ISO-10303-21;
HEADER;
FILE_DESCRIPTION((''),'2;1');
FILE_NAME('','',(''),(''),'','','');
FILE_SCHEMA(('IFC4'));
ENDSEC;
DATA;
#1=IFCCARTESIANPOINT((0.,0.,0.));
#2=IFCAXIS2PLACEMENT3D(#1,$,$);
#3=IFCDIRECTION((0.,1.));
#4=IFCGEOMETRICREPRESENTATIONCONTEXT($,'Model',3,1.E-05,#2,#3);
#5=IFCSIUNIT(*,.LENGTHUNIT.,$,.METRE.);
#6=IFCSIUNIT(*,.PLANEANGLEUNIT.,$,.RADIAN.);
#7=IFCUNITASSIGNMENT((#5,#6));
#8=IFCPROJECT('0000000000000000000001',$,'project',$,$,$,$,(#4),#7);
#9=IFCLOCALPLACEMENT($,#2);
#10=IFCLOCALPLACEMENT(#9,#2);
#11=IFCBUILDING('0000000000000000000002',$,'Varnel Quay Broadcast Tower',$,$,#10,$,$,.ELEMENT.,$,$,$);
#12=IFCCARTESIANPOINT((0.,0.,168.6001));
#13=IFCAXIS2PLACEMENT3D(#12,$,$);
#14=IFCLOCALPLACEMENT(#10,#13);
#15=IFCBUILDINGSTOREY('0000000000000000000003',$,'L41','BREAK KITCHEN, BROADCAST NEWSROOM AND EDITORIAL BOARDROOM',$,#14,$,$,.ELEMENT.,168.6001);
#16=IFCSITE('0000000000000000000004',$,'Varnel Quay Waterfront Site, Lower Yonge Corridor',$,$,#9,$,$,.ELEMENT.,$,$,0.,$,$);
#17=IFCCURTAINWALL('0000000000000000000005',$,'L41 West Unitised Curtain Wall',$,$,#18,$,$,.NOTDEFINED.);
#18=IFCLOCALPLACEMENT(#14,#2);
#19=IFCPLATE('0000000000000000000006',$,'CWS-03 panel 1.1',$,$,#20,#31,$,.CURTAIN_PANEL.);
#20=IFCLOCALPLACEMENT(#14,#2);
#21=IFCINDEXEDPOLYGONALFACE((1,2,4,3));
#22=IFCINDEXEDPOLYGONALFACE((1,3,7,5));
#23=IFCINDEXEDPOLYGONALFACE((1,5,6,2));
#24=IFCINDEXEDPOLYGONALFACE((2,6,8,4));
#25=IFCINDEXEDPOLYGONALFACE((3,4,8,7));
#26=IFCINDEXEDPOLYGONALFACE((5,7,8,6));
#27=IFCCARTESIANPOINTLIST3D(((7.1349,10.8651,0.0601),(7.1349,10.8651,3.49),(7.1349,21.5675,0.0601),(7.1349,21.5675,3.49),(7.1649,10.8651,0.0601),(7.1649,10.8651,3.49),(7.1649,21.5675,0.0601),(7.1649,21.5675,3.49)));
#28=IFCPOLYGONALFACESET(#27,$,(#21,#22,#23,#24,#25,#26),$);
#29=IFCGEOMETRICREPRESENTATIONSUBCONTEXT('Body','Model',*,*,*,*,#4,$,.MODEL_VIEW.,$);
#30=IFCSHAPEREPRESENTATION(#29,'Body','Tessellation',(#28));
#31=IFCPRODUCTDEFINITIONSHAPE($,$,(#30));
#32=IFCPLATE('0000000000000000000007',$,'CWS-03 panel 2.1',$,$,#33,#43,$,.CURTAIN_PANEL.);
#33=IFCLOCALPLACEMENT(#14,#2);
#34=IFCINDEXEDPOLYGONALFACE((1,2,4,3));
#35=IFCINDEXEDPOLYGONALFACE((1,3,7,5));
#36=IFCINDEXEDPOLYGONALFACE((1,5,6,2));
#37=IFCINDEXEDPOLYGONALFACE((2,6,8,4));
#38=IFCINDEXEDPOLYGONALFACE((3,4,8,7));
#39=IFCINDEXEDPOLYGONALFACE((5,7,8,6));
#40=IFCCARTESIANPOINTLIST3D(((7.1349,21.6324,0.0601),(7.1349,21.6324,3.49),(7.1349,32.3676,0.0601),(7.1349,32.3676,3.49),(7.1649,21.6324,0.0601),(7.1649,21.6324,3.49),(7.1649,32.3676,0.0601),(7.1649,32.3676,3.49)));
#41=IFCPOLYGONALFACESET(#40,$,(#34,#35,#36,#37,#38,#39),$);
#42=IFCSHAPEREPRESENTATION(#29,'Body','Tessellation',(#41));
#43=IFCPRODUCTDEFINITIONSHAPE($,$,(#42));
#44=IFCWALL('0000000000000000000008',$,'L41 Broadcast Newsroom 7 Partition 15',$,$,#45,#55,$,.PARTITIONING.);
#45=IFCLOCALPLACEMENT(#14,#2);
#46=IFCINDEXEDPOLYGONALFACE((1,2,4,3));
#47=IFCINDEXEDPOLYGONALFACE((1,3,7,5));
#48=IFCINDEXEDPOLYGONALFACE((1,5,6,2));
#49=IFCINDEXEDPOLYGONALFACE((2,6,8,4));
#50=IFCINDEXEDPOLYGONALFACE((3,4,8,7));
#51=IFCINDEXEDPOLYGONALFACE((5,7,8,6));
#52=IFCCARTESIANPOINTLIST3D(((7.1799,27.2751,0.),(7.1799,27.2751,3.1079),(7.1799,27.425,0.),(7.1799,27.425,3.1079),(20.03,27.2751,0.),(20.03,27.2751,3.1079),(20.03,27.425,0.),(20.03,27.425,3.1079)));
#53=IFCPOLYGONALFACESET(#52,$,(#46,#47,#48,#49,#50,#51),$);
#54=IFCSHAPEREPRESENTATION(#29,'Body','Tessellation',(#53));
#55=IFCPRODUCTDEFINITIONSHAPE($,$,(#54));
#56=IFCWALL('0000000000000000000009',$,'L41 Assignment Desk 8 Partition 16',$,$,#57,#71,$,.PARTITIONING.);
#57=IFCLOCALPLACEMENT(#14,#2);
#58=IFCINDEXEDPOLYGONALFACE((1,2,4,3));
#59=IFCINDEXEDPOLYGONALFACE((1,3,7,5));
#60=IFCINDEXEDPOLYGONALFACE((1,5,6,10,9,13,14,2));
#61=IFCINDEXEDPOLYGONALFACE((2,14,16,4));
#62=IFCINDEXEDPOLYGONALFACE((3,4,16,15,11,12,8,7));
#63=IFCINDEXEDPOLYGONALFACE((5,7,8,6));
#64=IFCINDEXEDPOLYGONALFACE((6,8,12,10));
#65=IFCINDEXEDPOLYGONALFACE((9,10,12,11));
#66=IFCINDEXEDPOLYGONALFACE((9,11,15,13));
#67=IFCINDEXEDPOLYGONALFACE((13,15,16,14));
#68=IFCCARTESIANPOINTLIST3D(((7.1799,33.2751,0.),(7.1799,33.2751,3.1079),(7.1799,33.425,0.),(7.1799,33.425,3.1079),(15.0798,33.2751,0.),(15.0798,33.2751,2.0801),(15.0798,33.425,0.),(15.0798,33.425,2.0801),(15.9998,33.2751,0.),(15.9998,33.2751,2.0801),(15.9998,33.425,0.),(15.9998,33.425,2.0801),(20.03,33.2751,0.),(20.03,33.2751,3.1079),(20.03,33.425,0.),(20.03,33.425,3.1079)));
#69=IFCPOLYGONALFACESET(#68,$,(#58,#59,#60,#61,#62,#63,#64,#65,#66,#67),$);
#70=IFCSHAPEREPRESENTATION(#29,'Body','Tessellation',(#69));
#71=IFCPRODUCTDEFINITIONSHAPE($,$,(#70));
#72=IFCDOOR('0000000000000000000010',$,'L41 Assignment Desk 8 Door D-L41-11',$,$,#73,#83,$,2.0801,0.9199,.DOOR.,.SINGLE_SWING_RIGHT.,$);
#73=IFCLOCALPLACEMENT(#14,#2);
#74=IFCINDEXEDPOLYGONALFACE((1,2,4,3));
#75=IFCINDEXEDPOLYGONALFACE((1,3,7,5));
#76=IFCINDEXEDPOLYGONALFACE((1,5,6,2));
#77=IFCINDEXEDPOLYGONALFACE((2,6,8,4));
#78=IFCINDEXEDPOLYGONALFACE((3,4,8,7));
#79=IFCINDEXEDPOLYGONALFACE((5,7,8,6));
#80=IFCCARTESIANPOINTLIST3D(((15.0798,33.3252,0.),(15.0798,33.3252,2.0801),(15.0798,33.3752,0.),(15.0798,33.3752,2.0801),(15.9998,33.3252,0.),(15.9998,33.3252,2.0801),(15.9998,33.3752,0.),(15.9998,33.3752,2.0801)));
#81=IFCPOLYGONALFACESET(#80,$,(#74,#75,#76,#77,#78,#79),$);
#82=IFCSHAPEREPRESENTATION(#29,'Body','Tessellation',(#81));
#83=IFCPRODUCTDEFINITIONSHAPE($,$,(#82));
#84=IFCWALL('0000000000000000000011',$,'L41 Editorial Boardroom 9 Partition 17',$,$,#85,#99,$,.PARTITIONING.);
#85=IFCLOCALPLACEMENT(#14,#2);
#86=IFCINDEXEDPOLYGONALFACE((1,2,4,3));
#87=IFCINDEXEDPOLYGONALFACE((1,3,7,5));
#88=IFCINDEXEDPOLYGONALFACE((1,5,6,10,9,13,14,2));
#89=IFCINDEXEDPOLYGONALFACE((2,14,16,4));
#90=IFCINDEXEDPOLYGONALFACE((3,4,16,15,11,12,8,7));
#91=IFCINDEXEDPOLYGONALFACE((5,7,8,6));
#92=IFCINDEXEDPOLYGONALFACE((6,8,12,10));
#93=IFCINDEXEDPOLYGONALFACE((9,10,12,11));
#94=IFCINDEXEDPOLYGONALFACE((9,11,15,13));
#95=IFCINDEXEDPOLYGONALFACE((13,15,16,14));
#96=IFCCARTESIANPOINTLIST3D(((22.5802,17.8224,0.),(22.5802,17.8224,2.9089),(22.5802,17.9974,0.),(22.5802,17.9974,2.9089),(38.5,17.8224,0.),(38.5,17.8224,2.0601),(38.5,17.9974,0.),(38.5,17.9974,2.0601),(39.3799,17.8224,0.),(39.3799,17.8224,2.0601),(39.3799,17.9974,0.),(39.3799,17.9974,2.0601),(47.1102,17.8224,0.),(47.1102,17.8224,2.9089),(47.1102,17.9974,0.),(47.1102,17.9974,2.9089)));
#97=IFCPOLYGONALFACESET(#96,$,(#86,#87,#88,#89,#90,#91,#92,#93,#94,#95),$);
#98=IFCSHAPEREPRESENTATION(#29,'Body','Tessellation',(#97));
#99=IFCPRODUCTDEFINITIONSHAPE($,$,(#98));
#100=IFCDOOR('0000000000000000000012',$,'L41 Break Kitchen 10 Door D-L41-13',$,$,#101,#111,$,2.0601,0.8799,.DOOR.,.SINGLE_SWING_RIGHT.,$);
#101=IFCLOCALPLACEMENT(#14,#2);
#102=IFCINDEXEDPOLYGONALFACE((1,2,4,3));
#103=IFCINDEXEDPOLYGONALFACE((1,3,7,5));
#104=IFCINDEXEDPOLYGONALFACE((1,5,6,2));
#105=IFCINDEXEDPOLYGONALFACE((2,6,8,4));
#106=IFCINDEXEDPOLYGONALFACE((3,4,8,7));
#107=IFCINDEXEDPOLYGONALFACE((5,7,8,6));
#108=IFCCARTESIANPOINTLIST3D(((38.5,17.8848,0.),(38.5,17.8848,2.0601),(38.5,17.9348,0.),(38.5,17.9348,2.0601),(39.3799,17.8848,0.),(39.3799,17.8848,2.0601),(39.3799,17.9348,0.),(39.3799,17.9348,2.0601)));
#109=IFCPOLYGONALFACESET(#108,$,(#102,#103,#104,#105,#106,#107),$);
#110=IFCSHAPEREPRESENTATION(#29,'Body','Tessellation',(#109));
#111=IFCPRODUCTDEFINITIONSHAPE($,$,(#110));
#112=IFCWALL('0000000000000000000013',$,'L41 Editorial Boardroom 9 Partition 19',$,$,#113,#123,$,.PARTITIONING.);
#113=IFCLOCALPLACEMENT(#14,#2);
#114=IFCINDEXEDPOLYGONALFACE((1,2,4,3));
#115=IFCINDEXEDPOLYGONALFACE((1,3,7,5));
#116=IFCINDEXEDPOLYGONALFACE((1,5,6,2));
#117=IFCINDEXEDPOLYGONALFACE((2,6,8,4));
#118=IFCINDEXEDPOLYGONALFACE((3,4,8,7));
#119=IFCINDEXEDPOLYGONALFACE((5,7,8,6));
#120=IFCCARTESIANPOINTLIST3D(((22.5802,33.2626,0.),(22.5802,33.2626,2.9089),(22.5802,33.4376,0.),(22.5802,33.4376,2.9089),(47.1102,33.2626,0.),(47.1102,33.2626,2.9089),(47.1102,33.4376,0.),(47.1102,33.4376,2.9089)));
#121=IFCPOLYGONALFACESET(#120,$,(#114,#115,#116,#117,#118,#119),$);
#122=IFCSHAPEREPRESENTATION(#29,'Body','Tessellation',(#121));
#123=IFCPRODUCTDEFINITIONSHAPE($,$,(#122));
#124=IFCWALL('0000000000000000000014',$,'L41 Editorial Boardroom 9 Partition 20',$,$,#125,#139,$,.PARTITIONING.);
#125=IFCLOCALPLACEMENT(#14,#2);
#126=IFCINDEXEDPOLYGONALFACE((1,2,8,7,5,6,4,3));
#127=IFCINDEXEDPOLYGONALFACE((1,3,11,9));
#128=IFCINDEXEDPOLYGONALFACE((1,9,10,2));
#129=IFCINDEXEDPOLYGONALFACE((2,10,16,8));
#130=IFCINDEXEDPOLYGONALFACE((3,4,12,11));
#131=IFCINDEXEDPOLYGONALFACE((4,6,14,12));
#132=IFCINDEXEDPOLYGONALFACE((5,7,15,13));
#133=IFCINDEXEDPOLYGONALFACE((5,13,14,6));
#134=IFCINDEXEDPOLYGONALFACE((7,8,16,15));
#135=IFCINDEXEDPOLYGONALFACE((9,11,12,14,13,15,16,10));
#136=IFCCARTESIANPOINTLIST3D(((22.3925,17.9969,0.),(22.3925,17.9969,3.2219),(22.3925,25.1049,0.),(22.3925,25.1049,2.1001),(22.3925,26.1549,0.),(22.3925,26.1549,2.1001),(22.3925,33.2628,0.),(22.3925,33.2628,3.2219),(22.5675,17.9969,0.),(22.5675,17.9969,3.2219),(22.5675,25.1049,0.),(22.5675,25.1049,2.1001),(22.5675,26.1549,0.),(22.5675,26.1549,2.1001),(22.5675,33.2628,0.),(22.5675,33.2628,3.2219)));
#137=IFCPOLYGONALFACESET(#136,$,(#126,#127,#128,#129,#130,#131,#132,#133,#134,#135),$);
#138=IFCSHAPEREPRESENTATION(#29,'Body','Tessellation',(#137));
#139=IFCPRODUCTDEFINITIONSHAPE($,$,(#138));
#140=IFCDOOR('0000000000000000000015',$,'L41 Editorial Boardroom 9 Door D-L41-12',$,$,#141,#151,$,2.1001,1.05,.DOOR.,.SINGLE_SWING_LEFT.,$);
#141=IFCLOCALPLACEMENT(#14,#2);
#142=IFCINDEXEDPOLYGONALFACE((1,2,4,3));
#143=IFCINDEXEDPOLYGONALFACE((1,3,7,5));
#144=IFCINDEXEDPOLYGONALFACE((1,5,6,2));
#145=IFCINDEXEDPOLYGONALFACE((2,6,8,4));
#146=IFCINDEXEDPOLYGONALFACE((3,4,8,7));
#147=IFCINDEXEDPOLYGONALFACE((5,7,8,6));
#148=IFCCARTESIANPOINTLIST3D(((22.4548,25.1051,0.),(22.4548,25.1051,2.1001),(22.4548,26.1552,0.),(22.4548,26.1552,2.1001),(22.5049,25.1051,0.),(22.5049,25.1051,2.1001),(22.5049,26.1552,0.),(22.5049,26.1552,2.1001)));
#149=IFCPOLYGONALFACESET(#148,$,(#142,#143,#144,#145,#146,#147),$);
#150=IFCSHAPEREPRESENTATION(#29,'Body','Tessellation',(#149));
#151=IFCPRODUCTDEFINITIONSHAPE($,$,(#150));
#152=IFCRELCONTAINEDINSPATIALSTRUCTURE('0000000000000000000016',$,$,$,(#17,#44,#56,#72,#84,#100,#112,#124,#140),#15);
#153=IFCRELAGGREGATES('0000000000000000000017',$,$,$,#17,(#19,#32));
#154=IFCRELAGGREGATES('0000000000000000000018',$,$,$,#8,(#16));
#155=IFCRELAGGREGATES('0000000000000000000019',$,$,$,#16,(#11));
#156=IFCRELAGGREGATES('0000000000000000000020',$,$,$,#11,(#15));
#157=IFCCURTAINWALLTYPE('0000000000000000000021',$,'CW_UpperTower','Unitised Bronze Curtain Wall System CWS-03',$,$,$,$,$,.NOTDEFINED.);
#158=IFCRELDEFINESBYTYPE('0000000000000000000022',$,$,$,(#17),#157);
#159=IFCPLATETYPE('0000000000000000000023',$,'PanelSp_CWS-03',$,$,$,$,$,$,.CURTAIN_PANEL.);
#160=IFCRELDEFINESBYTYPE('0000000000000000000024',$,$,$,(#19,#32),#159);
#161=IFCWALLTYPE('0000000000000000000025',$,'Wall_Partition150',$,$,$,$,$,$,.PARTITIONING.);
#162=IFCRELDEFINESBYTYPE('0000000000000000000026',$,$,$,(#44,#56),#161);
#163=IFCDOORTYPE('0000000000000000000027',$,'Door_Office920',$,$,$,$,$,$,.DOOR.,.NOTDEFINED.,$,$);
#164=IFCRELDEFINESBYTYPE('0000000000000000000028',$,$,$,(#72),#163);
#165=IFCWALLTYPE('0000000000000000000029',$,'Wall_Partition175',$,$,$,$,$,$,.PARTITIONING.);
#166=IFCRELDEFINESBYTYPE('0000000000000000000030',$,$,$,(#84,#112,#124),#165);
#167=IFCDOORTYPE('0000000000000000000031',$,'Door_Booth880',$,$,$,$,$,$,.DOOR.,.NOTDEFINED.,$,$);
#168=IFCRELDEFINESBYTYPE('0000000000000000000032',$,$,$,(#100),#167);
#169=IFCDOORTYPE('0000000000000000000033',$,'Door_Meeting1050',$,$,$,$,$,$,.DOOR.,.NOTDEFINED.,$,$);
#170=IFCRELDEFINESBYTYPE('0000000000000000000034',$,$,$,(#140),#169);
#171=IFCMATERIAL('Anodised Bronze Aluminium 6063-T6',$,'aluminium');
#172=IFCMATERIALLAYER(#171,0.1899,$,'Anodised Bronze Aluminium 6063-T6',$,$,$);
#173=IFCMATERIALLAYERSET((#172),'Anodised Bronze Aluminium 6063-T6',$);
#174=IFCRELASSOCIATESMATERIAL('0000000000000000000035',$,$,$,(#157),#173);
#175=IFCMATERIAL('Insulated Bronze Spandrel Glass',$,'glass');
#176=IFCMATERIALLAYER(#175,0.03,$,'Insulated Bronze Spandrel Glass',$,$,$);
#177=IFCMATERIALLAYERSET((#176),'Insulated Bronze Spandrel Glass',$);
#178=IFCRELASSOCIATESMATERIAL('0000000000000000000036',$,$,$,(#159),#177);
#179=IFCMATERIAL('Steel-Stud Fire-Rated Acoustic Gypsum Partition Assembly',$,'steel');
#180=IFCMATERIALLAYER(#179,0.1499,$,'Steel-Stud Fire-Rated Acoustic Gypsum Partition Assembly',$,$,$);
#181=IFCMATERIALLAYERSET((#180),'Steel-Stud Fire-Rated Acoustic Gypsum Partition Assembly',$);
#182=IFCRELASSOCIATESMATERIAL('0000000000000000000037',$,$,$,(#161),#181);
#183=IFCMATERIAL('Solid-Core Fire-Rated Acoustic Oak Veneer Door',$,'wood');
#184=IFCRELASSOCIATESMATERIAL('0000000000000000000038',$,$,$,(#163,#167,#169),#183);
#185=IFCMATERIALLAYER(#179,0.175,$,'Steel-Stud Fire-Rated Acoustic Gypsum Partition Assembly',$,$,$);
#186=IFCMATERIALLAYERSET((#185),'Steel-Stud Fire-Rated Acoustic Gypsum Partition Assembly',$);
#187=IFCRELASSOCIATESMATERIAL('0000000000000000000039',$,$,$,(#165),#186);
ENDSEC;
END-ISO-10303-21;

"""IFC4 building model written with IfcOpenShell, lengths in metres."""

from ifc_helpers import new_model, si_unit, direction, frame, frame_2d, origin, origin_2d, place, context, subcontext, project, spatial, rectangle, extrude, source, transform, mapped, material, layer, layer_set, type_object, type_shapes, element, fill, aggregate, save


model = new_model("IFC4")

# Units and contexts
model_context = context("Model", 3, precision=1e-05, world=origin(), true_north=direction((0.0, 1.0)))
body_context = subcontext(model_context, "Body", "Model", "MODEL_VIEW")
ifc_project = project(units=[si_unit("LENGTHUNIT", "METRE"), si_unit("PLANEANGLEUNIT", "RADIAN")], contexts=[model_context])

# Site, building, storey
site_placement = place(None, origin())
site = spatial("IfcSite", under=ifc_project, at=site_placement, Name="Varnel Quay Waterfront Site, Lower Yonge Corridor", CompositionType="ELEMENT", RefElevation=0.0)
building_placement = place(site_placement, origin())
building = spatial("IfcBuilding", under=site, at=building_placement, Name="Varnel Quay Broadcast Tower", CompositionType="ELEMENT")
storey_placement = place(building_placement, frame((0.0, 0.0, 168.6001)))
storey = spatial("IfcBuildingStorey", under=building, at=storey_placement, Name="L41", Description="BREAK KITCHEN, BROADCAST NEWSROOM AND EDITORIAL BOARDROOM", CompositionType="ELEMENT", Elevation=168.6001)

# Curtain wall
ifc_material_1 = material(Name="Anodised Bronze Aluminium 6063-T6", Category="aluminium")
ifc_layer_1 = layer(ifc_material_1, 0.1899, Name="Anodised Bronze Aluminium 6063-T6")
ifc_layer_set_1 = layer_set([ifc_layer_1], Name="Anodised Bronze Aluminium 6063-T6")
curtain_wall_type = type_object("IfcCurtainWallType", Name="CW_UpperTower", Description="Unitised Bronze Curtain Wall System CWS-03", PredefinedType="NOTDEFINED", material=ifc_layer_set_1)
curtain_wall_placement = place(storey_placement, origin())
curtain_wall = element("IfcCurtainWall", 1, at=curtain_wall_placement, inside=storey, type_object=curtain_wall_type, Name="L41 West Unitised Curtain Wall", PredefinedType="NOTDEFINED")

# Plates
ifc_material_2 = material(Name="Insulated Bronze Spandrel Glass", Category="glass")
ifc_layer_2 = layer(ifc_material_2, 0.03, Name="Insulated Bronze Spandrel Glass")
ifc_layer_set_2 = layer_set([ifc_layer_2], Name="Insulated Bronze Spandrel Glass")
plate_type_1 = type_object("IfcPlateType", Name="PanelSp_CWS-03", PredefinedType="CURTAIN_PANEL", material=ifc_layer_set_2)
shared_shape_1 = source(origin(), body_context, "Body", "SweptSolid", [
    extrude(rectangle(XDim=10.7024, YDim=0.03, at=origin_2d()), origin(), (0.0, 0.0, 1.0), 3.4299),
])
plate_1_placement = place(storey_placement, frame((7.1499, 16.2163, 0.0601), z_axis=(0.0, 0.0, 1.0), x_axis=(0.0, 1.0, 0.0)))
plate_1 = element("IfcPlate", 2, at=plate_1_placement, type_object=plate_type_1, Name="CWS-03 panel 1.1", PredefinedType="CURTAIN_PANEL", context=body_context, shape_type="MappedRepresentation", body=[
    mapped(shared_shape_1, transform((0.0, 0.0, 0.0), x_axis=(1.0, 0.0, 0.0), y_axis=(0.0, 1.0, 0.0), z_axis=(0.0, 0.0, 1.0), scale=1.0)),
])
shared_shape_2 = source(origin(), body_context, "Body", "SweptSolid", [
    extrude(rectangle(XDim=10.7351, YDim=0.03, at=origin_2d()), origin(), (0.0, 0.0, 1.0), 3.4299),
])
type_shapes(plate_type_1, [shared_shape_1, shared_shape_2])
plate_2_placement = place(storey_placement, frame((7.1499, 27.0, 0.0601), z_axis=(0.0, 0.0, 1.0), x_axis=(0.0, 1.0, 0.0)))
plate_2 = element("IfcPlate", 3, at=plate_2_placement, type_object=plate_type_1, Name="CWS-03 panel 2.1", PredefinedType="CURTAIN_PANEL", context=body_context, shape_type="MappedRepresentation", body=[
    mapped(shared_shape_2, transform((0.0, 0.0, 0.0), x_axis=(1.0, 0.0, 0.0), y_axis=(0.0, 1.0, 0.0), z_axis=(0.0, 0.0, 1.0), scale=1.0)),
])
aggregate(curtain_wall, [plate_1, plate_2])

# Wall
ifc_material_3 = material(Name="Steel-Stud Fire-Rated Acoustic Gypsum Partition Assembly", Category="steel")
ifc_layer_3 = layer(ifc_material_3, 0.1499, Name="Steel-Stud Fire-Rated Acoustic Gypsum Partition Assembly")
ifc_layer_set_3 = layer_set([ifc_layer_3], Name="Steel-Stud Fire-Rated Acoustic Gypsum Partition Assembly")
wall_type_1 = type_object("IfcWallType", Name="Wall_Partition150", PredefinedType="PARTITIONING", material=ifc_layer_set_3)
wall_1_placement = place(storey_placement, frame((7.1799, 27.3501, 0.0), z_axis=(0.0, 0.0, 1.0), x_axis=(1.0, 0.0, 0.0)))
element("IfcWall", 4, at=wall_1_placement, inside=storey, type_object=wall_type_1, Name="L41 Broadcast Newsroom 7 Partition 15", PredefinedType="PARTITIONING", context=body_context, shape_type="SweptSolid", body=[
    extrude(rectangle(XDim=12.8501, YDim=0.1499, at=frame_2d((6.425, 0.0))), origin(), (0.0, 0.0, 1.0), 3.1079),
])

# Walls, openings, doors
wall_2_placement = place(storey_placement, frame((7.1799, 33.3501, 0.0), z_axis=(0.0, 0.0, 1.0), x_axis=(1.0, 0.0, 0.0)))
wall_2 = element("IfcWall", 5, at=wall_2_placement, inside=storey, type_object=wall_type_1, Name="L41 Assignment Desk 8 Partition 16", PredefinedType="PARTITIONING", context=body_context, shape_type="SweptSolid", body=[
    extrude(rectangle(XDim=12.8501, YDim=0.1499, at=frame_2d((6.425, 0.0))), origin(), (0.0, 0.0, 1.0), 3.1079),
])
opening_1_placement = place(wall_2_placement, frame((7.8999, 0.0, 0.0)))
opening_1 = element("IfcOpeningElement", 6, at=opening_1_placement, cuts=wall_2, PredefinedType="OPENING", context=body_context, shape_type="SweptSolid", body=[
    extrude(rectangle(XDim=0.9199, YDim=2.0801, at=frame_2d((0.46, 1.04))), frame((0.0, 0.085, 0.0), z_axis=(0.0, -1.0, 0.0), x_axis=(1.0, 0.0, 0.0)), (0.0, 0.0, 1.0), 0.1699),
])
ifc_material_4 = material(Name="Solid-Core Fire-Rated Acoustic Oak Veneer Door", Category="wood")
door_type_1 = type_object("IfcDoorType", Name="Door_Office920", OperationType="NOTDEFINED", PredefinedType="DOOR", material=ifc_material_4)
shared_shape_3 = source(origin(), body_context, "Body", "SweptSolid", [
    extrude(rectangle(XDim=0.9199, YDim=2.0801, at=frame_2d((0.46, 1.04))), frame((0.0, 0.0249, 0.0), z_axis=(0.0, -1.0, 0.0), x_axis=(1.0, 0.0, 0.0)), (0.0, 0.0, 1.0), 0.05),
])
type_shapes(door_type_1, [shared_shape_3])
door_1_placement = place(opening_1_placement, frame((0.9199, 0.0, 0.0), z_axis=(0.0, 0.0, 1.0), x_axis=(-1.0, 0.0, 0.0)))
door_1 = element("IfcDoor", 7, at=door_1_placement, inside=storey, type_object=door_type_1, Name="L41 Assignment Desk 8 Door D-L41-11", OperationType="SINGLE_SWING_RIGHT", OverallHeight=2.0801, OverallWidth=0.9199, PredefinedType="DOOR", context=body_context, shape_type="MappedRepresentation", body=[
    mapped(shared_shape_3, transform((0.0, 0.0, 0.0), x_axis=(1.0, 0.0, 0.0), y_axis=(0.0, 1.0, 0.0), z_axis=(0.0, 0.0, 1.0), scale=1.0)),
])
fill(opening_1, door_1)
ifc_layer_4 = layer(ifc_material_3, 0.175, Name="Steel-Stud Fire-Rated Acoustic Gypsum Partition Assembly")
ifc_layer_set_4 = layer_set([ifc_layer_4], Name="Steel-Stud Fire-Rated Acoustic Gypsum Partition Assembly")
wall_type_2 = type_object("IfcWallType", Name="Wall_Partition175", PredefinedType="PARTITIONING", material=ifc_layer_set_4)
wall_3_placement = place(storey_placement, frame((22.5801, 17.9099, 0.0), z_axis=(0.0, 0.0, 1.0), x_axis=(1.0, 0.0, 0.0)))
wall_3 = element("IfcWall", 8, at=wall_3_placement, inside=storey, type_object=wall_type_2, Name="L41 Editorial Boardroom 9 Partition 17", PredefinedType="PARTITIONING", context=body_context, shape_type="SweptSolid", body=[
    extrude(rectangle(XDim=24.53, YDim=0.175, at=frame_2d((12.2651, 0.0))), origin(), (0.0, 0.0, 1.0), 2.9089),
])
opening_2_placement = place(wall_3_placement, frame((15.9199, 0.0, 0.0)))
opening_2 = element("IfcOpeningElement", 9, at=opening_2_placement, cuts=wall_3, PredefinedType="OPENING", context=body_context, shape_type="SweptSolid", body=[
    extrude(rectangle(XDim=0.8799, YDim=2.0601, at=frame_2d((0.4399, 1.03))), frame((0.0, 0.0977, 0.0), z_axis=(0.0, -1.0, 0.0), x_axis=(1.0, 0.0, 0.0)), (0.0, 0.0, 1.0), 0.1951),
])
door_type_2 = type_object("IfcDoorType", Name="Door_Booth880", OperationType="NOTDEFINED", PredefinedType="DOOR", material=ifc_material_4)
shared_shape_4 = source(origin(), body_context, "Body", "SweptSolid", [
    extrude(rectangle(XDim=0.8799, YDim=2.0601, at=frame_2d((0.4399, 1.03))), frame((0.0, 0.0249, 0.0), z_axis=(0.0, -1.0, 0.0), x_axis=(1.0, 0.0, 0.0)), (0.0, 0.0, 1.0), 0.05),
])
type_shapes(door_type_2, [shared_shape_4])
door_2_placement = place(opening_2_placement, origin())
door_2 = element("IfcDoor", 10, at=door_2_placement, inside=storey, type_object=door_type_2, Name="L41 Break Kitchen 10 Door D-L41-13", OperationType="SINGLE_SWING_RIGHT", OverallHeight=2.0601, OverallWidth=0.8799, PredefinedType="DOOR", context=body_context, shape_type="MappedRepresentation", body=[
    mapped(shared_shape_4, transform((0.0, 0.0, 0.0), x_axis=(1.0, 0.0, 0.0), y_axis=(0.0, 1.0, 0.0), z_axis=(0.0, 0.0, 1.0), scale=1.0)),
])
fill(opening_2, door_2)

# Wall
wall_4_placement = place(storey_placement, frame((22.5801, 33.3501, 0.0), z_axis=(0.0, 0.0, 1.0), x_axis=(1.0, 0.0, 0.0)))
element("IfcWall", 11, at=wall_4_placement, inside=storey, type_object=wall_type_2, Name="L41 Editorial Boardroom 9 Partition 19", PredefinedType="PARTITIONING", context=body_context, shape_type="SweptSolid", body=[
    extrude(rectangle(XDim=24.53, YDim=0.175, at=frame_2d((12.2651, 0.0))), origin(), (0.0, 0.0, 1.0), 2.9089),
])

# Wall, opening, door
wall_5_placement = place(storey_placement, frame((22.48, 17.9971, 0.0), z_axis=(0.0, 0.0, 1.0), x_axis=(0.0, 1.0, 0.0)))
wall_5 = element("IfcWall", 12, at=wall_5_placement, inside=storey, type_object=wall_type_2, Name="L41 Editorial Boardroom 9 Partition 20", PredefinedType="PARTITIONING", context=body_context, shape_type="SweptSolid", body=[
    extrude(rectangle(XDim=15.2659, YDim=0.175, at=frame_2d((7.6328, 0.0))), origin(), (0.0, 0.0, 1.0), 3.2219),
])
opening_3_placement = place(wall_5_placement, frame((7.1079, 0.0, 0.0)))
opening_3 = element("IfcOpeningElement", 13, at=opening_3_placement, cuts=wall_5, PredefinedType="OPENING", context=body_context, shape_type="SweptSolid", body=[
    extrude(rectangle(XDim=1.05, YDim=2.1001, at=frame_2d((0.5249, 1.05))), frame((0.0, 0.0977, 0.0), z_axis=(0.0, -1.0, 0.0), x_axis=(1.0, 0.0, 0.0)), (0.0, 0.0, 1.0), 0.1951),
])
door_type_3 = type_object("IfcDoorType", Name="Door_Meeting1050", OperationType="NOTDEFINED", PredefinedType="DOOR", material=ifc_material_4)
shared_shape_5 = source(origin(), body_context, "Body", "SweptSolid", [
    extrude(rectangle(XDim=1.05, YDim=2.1001, at=frame_2d((0.5249, 1.05))), frame((0.0, 0.0249, 0.0), z_axis=(0.0, -1.0, 0.0), x_axis=(1.0, 0.0, 0.0)), (0.0, 0.0, 1.0), 0.05),
])
type_shapes(door_type_3, [shared_shape_5])
door_3_placement = place(opening_3_placement, frame((1.05, 0.0, 0.0), z_axis=(0.0, 0.0, 1.0), x_axis=(-1.0, 0.0, 0.0)))
door_3 = element("IfcDoor", 14, at=door_3_placement, inside=storey, type_object=door_type_3, Name="L41 Editorial Boardroom 9 Door D-L41-12", OperationType="SINGLE_SWING_LEFT", OverallHeight=2.1001, OverallWidth=1.05, PredefinedType="DOOR", context=body_context, shape_type="MappedRepresentation", body=[
    mapped(shared_shape_5, transform((0.0, 0.0, 0.0), x_axis=(1.0, 0.0, 0.0), y_axis=(0.0, 1.0, 0.0), z_axis=(0.0, 0.0, 1.0), scale=1.0)),
])
fill(opening_3, door_3)

save(model, "model.ifc")
